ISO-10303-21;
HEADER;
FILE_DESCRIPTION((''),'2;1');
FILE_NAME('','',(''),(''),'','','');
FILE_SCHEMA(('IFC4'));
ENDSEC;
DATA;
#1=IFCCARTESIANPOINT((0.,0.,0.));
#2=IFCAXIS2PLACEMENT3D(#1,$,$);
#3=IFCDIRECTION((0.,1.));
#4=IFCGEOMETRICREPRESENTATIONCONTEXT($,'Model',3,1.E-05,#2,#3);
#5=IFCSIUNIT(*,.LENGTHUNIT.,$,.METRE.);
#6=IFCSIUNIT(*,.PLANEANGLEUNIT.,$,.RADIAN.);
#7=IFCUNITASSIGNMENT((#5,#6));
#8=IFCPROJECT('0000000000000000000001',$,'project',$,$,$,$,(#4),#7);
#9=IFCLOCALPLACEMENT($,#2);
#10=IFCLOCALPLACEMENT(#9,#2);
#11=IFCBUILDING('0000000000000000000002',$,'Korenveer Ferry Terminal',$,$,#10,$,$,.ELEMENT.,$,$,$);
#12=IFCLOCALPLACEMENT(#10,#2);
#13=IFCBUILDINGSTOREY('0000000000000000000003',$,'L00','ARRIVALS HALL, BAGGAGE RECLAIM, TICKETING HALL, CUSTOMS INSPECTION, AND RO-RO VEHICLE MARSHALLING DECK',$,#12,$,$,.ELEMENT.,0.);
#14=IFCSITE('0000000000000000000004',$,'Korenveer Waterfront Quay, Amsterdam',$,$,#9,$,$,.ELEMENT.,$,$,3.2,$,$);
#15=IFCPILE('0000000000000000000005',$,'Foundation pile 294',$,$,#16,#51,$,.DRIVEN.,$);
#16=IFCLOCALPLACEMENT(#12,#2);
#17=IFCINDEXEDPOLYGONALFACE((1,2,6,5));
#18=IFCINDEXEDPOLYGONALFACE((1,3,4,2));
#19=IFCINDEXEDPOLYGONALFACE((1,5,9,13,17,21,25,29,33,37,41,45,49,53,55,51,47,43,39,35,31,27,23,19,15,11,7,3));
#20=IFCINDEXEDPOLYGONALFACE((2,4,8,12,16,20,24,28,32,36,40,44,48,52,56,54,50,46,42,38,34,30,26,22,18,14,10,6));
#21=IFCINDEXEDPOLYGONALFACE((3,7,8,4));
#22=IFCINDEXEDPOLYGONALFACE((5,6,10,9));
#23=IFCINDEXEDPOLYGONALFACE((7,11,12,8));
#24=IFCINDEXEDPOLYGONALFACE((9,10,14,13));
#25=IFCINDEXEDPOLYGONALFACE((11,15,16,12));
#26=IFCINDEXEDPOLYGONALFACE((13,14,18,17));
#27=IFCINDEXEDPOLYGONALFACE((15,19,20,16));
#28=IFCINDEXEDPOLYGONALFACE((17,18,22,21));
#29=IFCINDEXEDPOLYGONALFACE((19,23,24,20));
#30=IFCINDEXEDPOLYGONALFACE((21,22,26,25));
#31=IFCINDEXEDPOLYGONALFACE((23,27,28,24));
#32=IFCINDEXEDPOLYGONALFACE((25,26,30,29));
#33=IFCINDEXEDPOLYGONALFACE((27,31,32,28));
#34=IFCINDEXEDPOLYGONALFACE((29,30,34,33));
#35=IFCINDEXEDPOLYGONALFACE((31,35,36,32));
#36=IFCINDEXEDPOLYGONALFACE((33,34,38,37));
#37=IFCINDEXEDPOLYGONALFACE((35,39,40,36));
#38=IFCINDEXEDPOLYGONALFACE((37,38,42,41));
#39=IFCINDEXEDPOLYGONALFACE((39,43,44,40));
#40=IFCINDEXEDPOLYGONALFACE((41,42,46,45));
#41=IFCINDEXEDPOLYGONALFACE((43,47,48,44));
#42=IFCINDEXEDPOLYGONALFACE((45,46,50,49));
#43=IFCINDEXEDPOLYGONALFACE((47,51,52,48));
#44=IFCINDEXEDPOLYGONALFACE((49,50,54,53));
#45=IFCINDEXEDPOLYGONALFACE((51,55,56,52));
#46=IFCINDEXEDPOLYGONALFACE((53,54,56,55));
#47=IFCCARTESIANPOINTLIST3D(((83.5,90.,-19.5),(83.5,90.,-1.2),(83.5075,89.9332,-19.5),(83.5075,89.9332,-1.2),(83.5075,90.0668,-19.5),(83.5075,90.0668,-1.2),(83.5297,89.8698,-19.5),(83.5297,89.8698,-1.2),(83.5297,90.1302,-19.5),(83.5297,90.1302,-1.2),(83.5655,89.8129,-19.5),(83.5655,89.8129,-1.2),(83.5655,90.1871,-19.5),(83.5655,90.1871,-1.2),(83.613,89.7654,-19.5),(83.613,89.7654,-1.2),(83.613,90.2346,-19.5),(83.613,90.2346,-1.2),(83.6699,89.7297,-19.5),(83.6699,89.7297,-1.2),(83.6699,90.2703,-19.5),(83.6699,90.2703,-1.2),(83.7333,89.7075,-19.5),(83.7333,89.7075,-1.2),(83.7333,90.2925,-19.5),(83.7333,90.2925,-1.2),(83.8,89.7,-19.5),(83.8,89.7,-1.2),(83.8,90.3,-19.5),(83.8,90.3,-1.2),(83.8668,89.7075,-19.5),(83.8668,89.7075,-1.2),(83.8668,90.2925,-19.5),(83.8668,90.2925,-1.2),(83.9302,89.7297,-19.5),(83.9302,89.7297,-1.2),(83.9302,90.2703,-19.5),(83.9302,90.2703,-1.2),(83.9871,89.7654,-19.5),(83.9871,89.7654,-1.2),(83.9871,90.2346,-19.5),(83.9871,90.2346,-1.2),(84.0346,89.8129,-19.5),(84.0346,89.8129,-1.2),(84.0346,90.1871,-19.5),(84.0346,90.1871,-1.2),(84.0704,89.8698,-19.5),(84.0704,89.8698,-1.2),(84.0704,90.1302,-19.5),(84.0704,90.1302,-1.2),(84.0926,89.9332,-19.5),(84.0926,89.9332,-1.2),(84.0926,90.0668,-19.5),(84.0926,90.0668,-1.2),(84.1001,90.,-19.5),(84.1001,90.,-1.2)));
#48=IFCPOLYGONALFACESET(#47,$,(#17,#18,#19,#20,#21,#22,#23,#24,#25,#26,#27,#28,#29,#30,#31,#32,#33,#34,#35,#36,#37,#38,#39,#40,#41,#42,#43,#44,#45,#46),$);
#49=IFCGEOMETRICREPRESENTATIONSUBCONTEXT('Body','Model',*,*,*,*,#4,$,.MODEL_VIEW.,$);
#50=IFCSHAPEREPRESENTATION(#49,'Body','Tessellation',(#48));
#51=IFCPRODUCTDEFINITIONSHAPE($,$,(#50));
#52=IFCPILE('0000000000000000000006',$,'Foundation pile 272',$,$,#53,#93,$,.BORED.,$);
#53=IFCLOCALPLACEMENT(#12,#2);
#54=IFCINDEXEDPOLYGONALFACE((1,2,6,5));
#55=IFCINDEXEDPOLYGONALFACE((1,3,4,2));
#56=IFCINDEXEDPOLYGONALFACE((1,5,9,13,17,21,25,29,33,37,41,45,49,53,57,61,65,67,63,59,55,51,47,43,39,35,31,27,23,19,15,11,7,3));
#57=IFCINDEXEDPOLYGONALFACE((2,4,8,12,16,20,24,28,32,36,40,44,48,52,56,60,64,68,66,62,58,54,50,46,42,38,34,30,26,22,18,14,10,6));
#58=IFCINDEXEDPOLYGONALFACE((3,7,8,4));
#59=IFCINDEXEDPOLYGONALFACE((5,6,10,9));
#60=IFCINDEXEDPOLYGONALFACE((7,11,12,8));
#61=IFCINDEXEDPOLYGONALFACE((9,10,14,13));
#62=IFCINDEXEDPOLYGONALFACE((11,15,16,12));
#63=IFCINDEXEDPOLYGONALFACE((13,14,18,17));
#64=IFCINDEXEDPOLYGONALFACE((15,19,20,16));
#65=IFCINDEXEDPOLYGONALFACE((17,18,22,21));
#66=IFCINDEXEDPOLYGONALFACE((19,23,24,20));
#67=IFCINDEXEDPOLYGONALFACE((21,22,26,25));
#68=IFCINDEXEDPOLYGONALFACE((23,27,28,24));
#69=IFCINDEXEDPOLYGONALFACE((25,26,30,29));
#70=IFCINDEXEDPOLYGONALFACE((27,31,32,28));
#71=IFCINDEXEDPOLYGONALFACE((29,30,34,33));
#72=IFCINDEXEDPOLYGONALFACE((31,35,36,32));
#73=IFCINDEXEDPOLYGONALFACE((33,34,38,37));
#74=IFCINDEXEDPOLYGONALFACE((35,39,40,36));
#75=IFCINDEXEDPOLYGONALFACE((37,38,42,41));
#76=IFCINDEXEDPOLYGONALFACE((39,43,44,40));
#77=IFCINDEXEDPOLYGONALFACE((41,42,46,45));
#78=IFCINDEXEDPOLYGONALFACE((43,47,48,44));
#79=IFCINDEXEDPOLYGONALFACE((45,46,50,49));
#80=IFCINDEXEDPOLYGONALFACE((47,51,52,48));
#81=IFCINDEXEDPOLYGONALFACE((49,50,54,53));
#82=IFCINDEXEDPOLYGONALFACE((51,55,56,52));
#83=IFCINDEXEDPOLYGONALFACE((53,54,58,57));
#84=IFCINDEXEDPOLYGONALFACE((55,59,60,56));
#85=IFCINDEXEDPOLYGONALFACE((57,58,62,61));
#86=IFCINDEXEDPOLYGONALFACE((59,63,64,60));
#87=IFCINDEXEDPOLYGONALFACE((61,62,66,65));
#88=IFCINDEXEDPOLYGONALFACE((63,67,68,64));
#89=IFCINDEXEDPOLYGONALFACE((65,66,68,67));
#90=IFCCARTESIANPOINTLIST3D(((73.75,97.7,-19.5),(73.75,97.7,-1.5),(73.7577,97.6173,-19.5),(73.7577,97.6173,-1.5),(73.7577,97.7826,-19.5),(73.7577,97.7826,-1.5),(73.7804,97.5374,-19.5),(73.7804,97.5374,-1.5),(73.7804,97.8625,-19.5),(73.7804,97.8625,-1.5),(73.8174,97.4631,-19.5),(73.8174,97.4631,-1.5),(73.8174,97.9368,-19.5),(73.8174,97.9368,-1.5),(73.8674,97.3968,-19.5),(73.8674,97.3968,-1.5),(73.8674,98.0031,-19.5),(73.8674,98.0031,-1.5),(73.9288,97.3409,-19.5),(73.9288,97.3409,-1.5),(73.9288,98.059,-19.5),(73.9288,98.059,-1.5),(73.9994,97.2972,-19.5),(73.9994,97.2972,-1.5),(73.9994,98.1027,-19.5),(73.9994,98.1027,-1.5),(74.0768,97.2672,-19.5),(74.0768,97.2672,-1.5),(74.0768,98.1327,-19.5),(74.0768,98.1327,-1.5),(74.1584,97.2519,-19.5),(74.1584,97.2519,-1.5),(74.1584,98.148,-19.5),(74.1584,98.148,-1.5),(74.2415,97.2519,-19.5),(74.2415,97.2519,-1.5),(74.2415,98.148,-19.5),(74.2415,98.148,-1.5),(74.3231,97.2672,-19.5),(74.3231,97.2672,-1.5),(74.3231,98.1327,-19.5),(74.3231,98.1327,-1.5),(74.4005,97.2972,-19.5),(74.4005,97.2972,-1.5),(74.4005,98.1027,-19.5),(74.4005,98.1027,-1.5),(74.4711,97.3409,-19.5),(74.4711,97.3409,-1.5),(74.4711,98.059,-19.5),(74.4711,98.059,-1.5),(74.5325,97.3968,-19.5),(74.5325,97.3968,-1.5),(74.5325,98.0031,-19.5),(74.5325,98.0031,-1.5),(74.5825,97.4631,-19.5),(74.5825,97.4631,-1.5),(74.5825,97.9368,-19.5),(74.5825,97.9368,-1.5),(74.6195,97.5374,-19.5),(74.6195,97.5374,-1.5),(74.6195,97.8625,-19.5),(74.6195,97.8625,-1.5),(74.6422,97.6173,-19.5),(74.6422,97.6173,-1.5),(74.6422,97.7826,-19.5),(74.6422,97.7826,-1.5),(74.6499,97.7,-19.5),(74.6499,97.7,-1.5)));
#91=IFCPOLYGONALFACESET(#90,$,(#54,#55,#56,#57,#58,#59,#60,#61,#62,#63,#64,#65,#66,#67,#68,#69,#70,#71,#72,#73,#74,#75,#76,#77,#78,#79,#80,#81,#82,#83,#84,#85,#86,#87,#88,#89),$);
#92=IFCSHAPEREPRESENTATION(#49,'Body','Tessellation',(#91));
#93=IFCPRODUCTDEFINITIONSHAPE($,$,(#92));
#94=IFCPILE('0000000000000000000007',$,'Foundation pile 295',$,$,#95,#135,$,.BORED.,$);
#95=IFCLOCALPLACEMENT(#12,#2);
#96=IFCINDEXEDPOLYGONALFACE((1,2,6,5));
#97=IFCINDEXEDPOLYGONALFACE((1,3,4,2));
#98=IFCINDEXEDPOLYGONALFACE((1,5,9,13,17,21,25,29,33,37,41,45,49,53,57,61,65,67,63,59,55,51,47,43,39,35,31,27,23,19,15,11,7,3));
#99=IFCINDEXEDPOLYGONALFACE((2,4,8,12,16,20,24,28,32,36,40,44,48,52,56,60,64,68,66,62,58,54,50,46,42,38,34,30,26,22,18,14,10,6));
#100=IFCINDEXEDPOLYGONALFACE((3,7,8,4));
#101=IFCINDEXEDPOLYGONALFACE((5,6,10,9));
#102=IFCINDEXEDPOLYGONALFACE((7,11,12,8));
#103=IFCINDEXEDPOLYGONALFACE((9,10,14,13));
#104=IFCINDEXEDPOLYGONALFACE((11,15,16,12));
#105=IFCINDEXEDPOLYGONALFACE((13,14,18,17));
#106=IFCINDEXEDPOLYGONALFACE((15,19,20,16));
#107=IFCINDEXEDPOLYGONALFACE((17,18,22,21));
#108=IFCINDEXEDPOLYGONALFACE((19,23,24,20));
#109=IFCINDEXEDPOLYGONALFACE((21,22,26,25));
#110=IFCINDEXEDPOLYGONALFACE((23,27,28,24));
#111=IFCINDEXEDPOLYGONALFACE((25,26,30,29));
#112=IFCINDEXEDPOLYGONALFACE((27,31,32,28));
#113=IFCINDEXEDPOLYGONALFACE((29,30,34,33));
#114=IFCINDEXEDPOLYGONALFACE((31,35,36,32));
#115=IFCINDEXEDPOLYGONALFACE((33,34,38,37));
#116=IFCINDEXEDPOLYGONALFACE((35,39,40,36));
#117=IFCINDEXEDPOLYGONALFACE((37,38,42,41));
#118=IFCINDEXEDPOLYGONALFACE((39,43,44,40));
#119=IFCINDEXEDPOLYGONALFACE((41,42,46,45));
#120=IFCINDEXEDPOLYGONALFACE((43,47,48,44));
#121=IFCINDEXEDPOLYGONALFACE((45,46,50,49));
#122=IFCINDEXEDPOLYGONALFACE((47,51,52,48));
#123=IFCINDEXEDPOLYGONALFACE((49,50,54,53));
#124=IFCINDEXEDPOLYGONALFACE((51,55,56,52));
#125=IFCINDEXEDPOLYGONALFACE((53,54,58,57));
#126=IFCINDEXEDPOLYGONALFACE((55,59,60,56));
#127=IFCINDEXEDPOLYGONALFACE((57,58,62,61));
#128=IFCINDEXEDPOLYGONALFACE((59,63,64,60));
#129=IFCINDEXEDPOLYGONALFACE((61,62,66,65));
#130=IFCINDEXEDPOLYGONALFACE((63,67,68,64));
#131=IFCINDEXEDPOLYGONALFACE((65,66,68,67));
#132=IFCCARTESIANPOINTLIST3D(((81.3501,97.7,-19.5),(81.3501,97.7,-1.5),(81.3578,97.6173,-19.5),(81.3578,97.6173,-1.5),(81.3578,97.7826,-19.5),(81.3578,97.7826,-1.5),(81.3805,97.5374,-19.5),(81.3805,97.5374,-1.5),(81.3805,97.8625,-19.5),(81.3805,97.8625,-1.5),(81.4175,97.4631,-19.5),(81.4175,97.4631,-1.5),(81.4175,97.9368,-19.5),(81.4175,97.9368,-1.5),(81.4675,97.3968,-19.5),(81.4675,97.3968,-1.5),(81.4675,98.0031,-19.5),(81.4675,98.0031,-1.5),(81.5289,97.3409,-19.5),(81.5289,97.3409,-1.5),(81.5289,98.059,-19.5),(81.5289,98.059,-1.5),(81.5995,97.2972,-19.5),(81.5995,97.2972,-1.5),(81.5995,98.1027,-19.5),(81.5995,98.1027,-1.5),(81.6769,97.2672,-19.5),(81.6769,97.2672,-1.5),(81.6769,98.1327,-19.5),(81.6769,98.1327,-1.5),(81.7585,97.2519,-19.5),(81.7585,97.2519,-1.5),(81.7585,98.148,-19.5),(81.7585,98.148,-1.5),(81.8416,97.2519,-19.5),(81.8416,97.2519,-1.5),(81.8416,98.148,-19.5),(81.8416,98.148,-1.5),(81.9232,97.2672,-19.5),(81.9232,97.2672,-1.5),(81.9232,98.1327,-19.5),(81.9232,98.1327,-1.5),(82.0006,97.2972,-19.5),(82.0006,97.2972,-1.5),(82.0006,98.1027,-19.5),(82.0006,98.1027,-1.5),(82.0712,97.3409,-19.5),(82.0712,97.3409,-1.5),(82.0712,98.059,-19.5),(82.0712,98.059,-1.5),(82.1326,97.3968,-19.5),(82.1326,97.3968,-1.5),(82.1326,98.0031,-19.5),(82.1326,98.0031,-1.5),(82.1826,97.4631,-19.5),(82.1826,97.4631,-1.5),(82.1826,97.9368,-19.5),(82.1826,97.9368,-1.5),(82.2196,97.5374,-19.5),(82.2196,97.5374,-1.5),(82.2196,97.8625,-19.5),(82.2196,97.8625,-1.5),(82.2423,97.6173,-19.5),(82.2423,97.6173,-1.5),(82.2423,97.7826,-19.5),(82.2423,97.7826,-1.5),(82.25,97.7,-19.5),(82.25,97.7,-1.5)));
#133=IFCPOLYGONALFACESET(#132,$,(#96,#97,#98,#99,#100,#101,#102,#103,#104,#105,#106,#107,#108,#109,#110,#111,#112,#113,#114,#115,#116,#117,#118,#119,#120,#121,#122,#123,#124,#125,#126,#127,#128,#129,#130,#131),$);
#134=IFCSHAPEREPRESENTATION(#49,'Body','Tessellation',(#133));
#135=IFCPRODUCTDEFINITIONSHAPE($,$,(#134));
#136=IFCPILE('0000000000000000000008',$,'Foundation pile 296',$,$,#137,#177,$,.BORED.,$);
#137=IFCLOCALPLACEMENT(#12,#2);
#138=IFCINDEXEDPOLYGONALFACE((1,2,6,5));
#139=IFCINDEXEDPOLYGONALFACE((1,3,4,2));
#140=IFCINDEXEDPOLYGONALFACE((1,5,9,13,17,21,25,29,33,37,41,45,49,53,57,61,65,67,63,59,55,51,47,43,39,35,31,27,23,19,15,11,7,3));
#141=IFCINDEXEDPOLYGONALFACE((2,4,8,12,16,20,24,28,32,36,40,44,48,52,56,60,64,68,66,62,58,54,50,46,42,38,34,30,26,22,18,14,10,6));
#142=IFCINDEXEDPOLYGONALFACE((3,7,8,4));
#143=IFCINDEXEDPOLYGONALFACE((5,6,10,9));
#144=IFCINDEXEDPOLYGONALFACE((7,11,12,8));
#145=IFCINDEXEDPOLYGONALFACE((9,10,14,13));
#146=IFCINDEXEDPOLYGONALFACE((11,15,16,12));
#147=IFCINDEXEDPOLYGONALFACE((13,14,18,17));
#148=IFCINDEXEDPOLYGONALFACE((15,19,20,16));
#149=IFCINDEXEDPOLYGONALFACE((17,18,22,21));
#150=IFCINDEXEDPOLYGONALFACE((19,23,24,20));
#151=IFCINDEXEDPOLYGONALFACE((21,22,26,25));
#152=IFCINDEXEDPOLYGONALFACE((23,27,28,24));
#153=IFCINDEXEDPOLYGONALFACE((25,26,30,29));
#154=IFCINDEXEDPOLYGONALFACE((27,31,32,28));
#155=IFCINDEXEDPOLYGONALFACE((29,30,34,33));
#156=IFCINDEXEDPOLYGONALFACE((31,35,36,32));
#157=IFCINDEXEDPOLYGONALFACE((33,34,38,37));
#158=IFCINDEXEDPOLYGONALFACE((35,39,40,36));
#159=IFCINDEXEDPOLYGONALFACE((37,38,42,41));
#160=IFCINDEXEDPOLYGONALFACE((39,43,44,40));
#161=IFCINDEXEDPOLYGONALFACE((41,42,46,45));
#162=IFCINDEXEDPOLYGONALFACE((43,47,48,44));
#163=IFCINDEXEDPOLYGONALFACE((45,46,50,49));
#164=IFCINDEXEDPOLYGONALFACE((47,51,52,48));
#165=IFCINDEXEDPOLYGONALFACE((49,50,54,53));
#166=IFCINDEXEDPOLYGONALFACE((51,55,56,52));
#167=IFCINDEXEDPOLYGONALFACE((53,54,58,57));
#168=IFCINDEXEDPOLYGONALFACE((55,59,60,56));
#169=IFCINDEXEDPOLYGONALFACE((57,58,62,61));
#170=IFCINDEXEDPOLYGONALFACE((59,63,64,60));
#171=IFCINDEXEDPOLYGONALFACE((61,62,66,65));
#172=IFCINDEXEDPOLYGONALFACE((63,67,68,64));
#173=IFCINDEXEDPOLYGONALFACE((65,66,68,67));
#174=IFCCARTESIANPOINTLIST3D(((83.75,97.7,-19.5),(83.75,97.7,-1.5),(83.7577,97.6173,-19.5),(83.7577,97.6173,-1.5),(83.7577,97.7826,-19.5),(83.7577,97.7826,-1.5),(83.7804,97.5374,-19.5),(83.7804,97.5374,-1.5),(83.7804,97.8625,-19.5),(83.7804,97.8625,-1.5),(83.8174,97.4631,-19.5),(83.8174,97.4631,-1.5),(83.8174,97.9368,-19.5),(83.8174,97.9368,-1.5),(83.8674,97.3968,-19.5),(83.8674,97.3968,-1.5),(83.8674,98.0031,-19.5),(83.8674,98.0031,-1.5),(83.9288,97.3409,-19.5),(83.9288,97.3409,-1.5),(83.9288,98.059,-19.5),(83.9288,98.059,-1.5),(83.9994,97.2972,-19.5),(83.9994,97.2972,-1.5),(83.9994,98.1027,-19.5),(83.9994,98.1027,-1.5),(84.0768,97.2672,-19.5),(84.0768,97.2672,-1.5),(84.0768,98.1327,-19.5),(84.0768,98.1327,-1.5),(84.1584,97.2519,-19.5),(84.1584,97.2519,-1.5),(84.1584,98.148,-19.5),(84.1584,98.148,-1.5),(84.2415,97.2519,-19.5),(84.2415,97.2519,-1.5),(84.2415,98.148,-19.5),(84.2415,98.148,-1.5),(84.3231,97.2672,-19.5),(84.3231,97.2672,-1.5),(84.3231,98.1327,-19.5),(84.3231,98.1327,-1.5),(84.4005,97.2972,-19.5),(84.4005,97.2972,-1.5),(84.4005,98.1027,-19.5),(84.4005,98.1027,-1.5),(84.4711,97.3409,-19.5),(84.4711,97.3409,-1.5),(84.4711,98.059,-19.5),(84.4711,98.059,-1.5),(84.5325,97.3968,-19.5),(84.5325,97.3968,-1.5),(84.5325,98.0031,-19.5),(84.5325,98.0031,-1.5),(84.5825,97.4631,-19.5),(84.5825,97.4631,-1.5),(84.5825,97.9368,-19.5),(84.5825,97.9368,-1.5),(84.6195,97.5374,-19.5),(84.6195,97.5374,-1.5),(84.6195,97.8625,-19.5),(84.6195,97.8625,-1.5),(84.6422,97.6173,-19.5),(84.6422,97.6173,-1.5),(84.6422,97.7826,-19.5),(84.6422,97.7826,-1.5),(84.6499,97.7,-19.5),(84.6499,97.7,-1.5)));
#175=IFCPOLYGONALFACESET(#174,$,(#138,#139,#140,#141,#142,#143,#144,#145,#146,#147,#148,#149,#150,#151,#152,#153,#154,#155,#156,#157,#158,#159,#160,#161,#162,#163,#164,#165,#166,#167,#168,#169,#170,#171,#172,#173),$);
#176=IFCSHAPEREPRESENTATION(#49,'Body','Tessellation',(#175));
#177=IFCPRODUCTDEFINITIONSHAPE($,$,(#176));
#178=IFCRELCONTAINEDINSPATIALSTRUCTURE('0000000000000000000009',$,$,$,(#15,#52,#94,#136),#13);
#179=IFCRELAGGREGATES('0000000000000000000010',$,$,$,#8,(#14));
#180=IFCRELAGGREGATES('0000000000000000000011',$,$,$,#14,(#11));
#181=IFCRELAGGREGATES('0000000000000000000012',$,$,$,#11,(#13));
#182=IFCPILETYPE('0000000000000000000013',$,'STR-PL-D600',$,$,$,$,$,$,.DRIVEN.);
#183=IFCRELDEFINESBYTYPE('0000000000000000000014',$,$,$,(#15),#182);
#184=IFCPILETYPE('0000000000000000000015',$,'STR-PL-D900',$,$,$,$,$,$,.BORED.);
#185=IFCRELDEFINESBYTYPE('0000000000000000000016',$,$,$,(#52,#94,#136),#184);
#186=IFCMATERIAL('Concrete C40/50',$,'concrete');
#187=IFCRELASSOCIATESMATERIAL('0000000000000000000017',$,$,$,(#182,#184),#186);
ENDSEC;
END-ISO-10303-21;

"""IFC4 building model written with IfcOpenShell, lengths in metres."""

from ifc_helpers import new_model, si_unit, direction, frame, origin, origin_2d, place, context, subcontext, project, spatial, circle, extrude, material, material_profile, profile_set, type_object, element, save


model = new_model("IFC4")

# Units and contexts
model_context = context("Model", 3, precision=1e-05, world=origin(), true_north=direction((0.0, 1.0)))
body_context = subcontext(model_context, "Body", "Model", "MODEL_VIEW")
ifc_project = project(units=[si_unit("LENGTHUNIT", "METRE"), si_unit("PLANEANGLEUNIT", "RADIAN")], contexts=[model_context])

# Site, building, storey
site_placement = place(None, origin())
site = spatial("IfcSite", under=ifc_project, at=site_placement, Name="Korenveer Waterfront Quay, Amsterdam", CompositionType="ELEMENT", RefElevation=3.2)
building_placement = place(site_placement, origin())
building = spatial("IfcBuilding", under=site, at=building_placement, Name="Korenveer Ferry Terminal", CompositionType="ELEMENT")
storey_placement = place(building_placement, origin())
storey = spatial("IfcBuildingStorey", under=building, at=storey_placement, Name="L00", Description="ARRIVALS HALL, BAGGAGE RECLAIM, TICKETING HALL, CUSTOMS INSPECTION, AND RO-RO VEHICLE MARSHALLING DECK", CompositionType="ELEMENT", Elevation=0.0)

# Shared definitions
ifc_material_1 = material(Name="Concrete C40/50", Category="concrete")

# Piles
ifc_material_profile_1 = material_profile(ifc_material_1, circle(Radius=0.3, at=origin_2d()), Name="PILE D600")
ifc_profile_set_1 = profile_set([ifc_material_profile_1], Name="Concrete C40/50")
pile_type_1 = type_object("IfcPileType", Name="STR-PL-D600", PredefinedType="DRIVEN", material=ifc_profile_set_1)
for number, where, z_axis, x_axis, name in (
    (1, (83.8, 90.0, -1.2), (0.0, 0.0, -1.0), (1.0, 0.0, 0.0), "Foundation pile 294"),
):
    element("IfcPile", number, at=place(storey_placement, frame(where, z_axis=z_axis, x_axis=x_axis)), inside=storey, type_object=pile_type_1, Name=name, PredefinedType="DRIVEN", context=body_context, shape_type="SweptSolid", body=[
        extrude(circle(Radius=0.3, at=origin_2d()), origin(), (0.0, 0.0, 1.0), 18.3),
    ])
ifc_material_profile_2 = material_profile(ifc_material_1, circle(Radius=0.45, at=origin_2d()), Name="PILE D900")
ifc_profile_set_2 = profile_set([ifc_material_profile_2], Name="Concrete C40/50")
pile_type_2 = type_object("IfcPileType", Name="STR-PL-D900", PredefinedType="BORED", material=ifc_profile_set_2)
for number, where, z_axis, x_axis, name in (
    (2, (74.2, 97.7, -1.5), (0.0, 0.0, -1.0), (1.0, 0.0, 0.0), "Foundation pile 272"),
    (3, (81.8, 97.7, -1.5), (0.0, 0.0, -1.0), (1.0, 0.0, 0.0), "Foundation pile 295"),
    (4, (84.2, 97.7, -1.5), (0.0, 0.0, -1.0), (1.0, 0.0, 0.0), "Foundation pile 296"),
):
    element("IfcPile", number, at=place(storey_placement, frame(where, z_axis=z_axis, x_axis=x_axis)), inside=storey, type_object=pile_type_2, Name=name, PredefinedType="BORED", context=body_context, shape_type="SweptSolid", body=[
        extrude(circle(Radius=0.45, at=origin_2d()), origin(), (0.0, 0.0, 1.0), 18.0),
    ])

save(model, "model.ifc")
